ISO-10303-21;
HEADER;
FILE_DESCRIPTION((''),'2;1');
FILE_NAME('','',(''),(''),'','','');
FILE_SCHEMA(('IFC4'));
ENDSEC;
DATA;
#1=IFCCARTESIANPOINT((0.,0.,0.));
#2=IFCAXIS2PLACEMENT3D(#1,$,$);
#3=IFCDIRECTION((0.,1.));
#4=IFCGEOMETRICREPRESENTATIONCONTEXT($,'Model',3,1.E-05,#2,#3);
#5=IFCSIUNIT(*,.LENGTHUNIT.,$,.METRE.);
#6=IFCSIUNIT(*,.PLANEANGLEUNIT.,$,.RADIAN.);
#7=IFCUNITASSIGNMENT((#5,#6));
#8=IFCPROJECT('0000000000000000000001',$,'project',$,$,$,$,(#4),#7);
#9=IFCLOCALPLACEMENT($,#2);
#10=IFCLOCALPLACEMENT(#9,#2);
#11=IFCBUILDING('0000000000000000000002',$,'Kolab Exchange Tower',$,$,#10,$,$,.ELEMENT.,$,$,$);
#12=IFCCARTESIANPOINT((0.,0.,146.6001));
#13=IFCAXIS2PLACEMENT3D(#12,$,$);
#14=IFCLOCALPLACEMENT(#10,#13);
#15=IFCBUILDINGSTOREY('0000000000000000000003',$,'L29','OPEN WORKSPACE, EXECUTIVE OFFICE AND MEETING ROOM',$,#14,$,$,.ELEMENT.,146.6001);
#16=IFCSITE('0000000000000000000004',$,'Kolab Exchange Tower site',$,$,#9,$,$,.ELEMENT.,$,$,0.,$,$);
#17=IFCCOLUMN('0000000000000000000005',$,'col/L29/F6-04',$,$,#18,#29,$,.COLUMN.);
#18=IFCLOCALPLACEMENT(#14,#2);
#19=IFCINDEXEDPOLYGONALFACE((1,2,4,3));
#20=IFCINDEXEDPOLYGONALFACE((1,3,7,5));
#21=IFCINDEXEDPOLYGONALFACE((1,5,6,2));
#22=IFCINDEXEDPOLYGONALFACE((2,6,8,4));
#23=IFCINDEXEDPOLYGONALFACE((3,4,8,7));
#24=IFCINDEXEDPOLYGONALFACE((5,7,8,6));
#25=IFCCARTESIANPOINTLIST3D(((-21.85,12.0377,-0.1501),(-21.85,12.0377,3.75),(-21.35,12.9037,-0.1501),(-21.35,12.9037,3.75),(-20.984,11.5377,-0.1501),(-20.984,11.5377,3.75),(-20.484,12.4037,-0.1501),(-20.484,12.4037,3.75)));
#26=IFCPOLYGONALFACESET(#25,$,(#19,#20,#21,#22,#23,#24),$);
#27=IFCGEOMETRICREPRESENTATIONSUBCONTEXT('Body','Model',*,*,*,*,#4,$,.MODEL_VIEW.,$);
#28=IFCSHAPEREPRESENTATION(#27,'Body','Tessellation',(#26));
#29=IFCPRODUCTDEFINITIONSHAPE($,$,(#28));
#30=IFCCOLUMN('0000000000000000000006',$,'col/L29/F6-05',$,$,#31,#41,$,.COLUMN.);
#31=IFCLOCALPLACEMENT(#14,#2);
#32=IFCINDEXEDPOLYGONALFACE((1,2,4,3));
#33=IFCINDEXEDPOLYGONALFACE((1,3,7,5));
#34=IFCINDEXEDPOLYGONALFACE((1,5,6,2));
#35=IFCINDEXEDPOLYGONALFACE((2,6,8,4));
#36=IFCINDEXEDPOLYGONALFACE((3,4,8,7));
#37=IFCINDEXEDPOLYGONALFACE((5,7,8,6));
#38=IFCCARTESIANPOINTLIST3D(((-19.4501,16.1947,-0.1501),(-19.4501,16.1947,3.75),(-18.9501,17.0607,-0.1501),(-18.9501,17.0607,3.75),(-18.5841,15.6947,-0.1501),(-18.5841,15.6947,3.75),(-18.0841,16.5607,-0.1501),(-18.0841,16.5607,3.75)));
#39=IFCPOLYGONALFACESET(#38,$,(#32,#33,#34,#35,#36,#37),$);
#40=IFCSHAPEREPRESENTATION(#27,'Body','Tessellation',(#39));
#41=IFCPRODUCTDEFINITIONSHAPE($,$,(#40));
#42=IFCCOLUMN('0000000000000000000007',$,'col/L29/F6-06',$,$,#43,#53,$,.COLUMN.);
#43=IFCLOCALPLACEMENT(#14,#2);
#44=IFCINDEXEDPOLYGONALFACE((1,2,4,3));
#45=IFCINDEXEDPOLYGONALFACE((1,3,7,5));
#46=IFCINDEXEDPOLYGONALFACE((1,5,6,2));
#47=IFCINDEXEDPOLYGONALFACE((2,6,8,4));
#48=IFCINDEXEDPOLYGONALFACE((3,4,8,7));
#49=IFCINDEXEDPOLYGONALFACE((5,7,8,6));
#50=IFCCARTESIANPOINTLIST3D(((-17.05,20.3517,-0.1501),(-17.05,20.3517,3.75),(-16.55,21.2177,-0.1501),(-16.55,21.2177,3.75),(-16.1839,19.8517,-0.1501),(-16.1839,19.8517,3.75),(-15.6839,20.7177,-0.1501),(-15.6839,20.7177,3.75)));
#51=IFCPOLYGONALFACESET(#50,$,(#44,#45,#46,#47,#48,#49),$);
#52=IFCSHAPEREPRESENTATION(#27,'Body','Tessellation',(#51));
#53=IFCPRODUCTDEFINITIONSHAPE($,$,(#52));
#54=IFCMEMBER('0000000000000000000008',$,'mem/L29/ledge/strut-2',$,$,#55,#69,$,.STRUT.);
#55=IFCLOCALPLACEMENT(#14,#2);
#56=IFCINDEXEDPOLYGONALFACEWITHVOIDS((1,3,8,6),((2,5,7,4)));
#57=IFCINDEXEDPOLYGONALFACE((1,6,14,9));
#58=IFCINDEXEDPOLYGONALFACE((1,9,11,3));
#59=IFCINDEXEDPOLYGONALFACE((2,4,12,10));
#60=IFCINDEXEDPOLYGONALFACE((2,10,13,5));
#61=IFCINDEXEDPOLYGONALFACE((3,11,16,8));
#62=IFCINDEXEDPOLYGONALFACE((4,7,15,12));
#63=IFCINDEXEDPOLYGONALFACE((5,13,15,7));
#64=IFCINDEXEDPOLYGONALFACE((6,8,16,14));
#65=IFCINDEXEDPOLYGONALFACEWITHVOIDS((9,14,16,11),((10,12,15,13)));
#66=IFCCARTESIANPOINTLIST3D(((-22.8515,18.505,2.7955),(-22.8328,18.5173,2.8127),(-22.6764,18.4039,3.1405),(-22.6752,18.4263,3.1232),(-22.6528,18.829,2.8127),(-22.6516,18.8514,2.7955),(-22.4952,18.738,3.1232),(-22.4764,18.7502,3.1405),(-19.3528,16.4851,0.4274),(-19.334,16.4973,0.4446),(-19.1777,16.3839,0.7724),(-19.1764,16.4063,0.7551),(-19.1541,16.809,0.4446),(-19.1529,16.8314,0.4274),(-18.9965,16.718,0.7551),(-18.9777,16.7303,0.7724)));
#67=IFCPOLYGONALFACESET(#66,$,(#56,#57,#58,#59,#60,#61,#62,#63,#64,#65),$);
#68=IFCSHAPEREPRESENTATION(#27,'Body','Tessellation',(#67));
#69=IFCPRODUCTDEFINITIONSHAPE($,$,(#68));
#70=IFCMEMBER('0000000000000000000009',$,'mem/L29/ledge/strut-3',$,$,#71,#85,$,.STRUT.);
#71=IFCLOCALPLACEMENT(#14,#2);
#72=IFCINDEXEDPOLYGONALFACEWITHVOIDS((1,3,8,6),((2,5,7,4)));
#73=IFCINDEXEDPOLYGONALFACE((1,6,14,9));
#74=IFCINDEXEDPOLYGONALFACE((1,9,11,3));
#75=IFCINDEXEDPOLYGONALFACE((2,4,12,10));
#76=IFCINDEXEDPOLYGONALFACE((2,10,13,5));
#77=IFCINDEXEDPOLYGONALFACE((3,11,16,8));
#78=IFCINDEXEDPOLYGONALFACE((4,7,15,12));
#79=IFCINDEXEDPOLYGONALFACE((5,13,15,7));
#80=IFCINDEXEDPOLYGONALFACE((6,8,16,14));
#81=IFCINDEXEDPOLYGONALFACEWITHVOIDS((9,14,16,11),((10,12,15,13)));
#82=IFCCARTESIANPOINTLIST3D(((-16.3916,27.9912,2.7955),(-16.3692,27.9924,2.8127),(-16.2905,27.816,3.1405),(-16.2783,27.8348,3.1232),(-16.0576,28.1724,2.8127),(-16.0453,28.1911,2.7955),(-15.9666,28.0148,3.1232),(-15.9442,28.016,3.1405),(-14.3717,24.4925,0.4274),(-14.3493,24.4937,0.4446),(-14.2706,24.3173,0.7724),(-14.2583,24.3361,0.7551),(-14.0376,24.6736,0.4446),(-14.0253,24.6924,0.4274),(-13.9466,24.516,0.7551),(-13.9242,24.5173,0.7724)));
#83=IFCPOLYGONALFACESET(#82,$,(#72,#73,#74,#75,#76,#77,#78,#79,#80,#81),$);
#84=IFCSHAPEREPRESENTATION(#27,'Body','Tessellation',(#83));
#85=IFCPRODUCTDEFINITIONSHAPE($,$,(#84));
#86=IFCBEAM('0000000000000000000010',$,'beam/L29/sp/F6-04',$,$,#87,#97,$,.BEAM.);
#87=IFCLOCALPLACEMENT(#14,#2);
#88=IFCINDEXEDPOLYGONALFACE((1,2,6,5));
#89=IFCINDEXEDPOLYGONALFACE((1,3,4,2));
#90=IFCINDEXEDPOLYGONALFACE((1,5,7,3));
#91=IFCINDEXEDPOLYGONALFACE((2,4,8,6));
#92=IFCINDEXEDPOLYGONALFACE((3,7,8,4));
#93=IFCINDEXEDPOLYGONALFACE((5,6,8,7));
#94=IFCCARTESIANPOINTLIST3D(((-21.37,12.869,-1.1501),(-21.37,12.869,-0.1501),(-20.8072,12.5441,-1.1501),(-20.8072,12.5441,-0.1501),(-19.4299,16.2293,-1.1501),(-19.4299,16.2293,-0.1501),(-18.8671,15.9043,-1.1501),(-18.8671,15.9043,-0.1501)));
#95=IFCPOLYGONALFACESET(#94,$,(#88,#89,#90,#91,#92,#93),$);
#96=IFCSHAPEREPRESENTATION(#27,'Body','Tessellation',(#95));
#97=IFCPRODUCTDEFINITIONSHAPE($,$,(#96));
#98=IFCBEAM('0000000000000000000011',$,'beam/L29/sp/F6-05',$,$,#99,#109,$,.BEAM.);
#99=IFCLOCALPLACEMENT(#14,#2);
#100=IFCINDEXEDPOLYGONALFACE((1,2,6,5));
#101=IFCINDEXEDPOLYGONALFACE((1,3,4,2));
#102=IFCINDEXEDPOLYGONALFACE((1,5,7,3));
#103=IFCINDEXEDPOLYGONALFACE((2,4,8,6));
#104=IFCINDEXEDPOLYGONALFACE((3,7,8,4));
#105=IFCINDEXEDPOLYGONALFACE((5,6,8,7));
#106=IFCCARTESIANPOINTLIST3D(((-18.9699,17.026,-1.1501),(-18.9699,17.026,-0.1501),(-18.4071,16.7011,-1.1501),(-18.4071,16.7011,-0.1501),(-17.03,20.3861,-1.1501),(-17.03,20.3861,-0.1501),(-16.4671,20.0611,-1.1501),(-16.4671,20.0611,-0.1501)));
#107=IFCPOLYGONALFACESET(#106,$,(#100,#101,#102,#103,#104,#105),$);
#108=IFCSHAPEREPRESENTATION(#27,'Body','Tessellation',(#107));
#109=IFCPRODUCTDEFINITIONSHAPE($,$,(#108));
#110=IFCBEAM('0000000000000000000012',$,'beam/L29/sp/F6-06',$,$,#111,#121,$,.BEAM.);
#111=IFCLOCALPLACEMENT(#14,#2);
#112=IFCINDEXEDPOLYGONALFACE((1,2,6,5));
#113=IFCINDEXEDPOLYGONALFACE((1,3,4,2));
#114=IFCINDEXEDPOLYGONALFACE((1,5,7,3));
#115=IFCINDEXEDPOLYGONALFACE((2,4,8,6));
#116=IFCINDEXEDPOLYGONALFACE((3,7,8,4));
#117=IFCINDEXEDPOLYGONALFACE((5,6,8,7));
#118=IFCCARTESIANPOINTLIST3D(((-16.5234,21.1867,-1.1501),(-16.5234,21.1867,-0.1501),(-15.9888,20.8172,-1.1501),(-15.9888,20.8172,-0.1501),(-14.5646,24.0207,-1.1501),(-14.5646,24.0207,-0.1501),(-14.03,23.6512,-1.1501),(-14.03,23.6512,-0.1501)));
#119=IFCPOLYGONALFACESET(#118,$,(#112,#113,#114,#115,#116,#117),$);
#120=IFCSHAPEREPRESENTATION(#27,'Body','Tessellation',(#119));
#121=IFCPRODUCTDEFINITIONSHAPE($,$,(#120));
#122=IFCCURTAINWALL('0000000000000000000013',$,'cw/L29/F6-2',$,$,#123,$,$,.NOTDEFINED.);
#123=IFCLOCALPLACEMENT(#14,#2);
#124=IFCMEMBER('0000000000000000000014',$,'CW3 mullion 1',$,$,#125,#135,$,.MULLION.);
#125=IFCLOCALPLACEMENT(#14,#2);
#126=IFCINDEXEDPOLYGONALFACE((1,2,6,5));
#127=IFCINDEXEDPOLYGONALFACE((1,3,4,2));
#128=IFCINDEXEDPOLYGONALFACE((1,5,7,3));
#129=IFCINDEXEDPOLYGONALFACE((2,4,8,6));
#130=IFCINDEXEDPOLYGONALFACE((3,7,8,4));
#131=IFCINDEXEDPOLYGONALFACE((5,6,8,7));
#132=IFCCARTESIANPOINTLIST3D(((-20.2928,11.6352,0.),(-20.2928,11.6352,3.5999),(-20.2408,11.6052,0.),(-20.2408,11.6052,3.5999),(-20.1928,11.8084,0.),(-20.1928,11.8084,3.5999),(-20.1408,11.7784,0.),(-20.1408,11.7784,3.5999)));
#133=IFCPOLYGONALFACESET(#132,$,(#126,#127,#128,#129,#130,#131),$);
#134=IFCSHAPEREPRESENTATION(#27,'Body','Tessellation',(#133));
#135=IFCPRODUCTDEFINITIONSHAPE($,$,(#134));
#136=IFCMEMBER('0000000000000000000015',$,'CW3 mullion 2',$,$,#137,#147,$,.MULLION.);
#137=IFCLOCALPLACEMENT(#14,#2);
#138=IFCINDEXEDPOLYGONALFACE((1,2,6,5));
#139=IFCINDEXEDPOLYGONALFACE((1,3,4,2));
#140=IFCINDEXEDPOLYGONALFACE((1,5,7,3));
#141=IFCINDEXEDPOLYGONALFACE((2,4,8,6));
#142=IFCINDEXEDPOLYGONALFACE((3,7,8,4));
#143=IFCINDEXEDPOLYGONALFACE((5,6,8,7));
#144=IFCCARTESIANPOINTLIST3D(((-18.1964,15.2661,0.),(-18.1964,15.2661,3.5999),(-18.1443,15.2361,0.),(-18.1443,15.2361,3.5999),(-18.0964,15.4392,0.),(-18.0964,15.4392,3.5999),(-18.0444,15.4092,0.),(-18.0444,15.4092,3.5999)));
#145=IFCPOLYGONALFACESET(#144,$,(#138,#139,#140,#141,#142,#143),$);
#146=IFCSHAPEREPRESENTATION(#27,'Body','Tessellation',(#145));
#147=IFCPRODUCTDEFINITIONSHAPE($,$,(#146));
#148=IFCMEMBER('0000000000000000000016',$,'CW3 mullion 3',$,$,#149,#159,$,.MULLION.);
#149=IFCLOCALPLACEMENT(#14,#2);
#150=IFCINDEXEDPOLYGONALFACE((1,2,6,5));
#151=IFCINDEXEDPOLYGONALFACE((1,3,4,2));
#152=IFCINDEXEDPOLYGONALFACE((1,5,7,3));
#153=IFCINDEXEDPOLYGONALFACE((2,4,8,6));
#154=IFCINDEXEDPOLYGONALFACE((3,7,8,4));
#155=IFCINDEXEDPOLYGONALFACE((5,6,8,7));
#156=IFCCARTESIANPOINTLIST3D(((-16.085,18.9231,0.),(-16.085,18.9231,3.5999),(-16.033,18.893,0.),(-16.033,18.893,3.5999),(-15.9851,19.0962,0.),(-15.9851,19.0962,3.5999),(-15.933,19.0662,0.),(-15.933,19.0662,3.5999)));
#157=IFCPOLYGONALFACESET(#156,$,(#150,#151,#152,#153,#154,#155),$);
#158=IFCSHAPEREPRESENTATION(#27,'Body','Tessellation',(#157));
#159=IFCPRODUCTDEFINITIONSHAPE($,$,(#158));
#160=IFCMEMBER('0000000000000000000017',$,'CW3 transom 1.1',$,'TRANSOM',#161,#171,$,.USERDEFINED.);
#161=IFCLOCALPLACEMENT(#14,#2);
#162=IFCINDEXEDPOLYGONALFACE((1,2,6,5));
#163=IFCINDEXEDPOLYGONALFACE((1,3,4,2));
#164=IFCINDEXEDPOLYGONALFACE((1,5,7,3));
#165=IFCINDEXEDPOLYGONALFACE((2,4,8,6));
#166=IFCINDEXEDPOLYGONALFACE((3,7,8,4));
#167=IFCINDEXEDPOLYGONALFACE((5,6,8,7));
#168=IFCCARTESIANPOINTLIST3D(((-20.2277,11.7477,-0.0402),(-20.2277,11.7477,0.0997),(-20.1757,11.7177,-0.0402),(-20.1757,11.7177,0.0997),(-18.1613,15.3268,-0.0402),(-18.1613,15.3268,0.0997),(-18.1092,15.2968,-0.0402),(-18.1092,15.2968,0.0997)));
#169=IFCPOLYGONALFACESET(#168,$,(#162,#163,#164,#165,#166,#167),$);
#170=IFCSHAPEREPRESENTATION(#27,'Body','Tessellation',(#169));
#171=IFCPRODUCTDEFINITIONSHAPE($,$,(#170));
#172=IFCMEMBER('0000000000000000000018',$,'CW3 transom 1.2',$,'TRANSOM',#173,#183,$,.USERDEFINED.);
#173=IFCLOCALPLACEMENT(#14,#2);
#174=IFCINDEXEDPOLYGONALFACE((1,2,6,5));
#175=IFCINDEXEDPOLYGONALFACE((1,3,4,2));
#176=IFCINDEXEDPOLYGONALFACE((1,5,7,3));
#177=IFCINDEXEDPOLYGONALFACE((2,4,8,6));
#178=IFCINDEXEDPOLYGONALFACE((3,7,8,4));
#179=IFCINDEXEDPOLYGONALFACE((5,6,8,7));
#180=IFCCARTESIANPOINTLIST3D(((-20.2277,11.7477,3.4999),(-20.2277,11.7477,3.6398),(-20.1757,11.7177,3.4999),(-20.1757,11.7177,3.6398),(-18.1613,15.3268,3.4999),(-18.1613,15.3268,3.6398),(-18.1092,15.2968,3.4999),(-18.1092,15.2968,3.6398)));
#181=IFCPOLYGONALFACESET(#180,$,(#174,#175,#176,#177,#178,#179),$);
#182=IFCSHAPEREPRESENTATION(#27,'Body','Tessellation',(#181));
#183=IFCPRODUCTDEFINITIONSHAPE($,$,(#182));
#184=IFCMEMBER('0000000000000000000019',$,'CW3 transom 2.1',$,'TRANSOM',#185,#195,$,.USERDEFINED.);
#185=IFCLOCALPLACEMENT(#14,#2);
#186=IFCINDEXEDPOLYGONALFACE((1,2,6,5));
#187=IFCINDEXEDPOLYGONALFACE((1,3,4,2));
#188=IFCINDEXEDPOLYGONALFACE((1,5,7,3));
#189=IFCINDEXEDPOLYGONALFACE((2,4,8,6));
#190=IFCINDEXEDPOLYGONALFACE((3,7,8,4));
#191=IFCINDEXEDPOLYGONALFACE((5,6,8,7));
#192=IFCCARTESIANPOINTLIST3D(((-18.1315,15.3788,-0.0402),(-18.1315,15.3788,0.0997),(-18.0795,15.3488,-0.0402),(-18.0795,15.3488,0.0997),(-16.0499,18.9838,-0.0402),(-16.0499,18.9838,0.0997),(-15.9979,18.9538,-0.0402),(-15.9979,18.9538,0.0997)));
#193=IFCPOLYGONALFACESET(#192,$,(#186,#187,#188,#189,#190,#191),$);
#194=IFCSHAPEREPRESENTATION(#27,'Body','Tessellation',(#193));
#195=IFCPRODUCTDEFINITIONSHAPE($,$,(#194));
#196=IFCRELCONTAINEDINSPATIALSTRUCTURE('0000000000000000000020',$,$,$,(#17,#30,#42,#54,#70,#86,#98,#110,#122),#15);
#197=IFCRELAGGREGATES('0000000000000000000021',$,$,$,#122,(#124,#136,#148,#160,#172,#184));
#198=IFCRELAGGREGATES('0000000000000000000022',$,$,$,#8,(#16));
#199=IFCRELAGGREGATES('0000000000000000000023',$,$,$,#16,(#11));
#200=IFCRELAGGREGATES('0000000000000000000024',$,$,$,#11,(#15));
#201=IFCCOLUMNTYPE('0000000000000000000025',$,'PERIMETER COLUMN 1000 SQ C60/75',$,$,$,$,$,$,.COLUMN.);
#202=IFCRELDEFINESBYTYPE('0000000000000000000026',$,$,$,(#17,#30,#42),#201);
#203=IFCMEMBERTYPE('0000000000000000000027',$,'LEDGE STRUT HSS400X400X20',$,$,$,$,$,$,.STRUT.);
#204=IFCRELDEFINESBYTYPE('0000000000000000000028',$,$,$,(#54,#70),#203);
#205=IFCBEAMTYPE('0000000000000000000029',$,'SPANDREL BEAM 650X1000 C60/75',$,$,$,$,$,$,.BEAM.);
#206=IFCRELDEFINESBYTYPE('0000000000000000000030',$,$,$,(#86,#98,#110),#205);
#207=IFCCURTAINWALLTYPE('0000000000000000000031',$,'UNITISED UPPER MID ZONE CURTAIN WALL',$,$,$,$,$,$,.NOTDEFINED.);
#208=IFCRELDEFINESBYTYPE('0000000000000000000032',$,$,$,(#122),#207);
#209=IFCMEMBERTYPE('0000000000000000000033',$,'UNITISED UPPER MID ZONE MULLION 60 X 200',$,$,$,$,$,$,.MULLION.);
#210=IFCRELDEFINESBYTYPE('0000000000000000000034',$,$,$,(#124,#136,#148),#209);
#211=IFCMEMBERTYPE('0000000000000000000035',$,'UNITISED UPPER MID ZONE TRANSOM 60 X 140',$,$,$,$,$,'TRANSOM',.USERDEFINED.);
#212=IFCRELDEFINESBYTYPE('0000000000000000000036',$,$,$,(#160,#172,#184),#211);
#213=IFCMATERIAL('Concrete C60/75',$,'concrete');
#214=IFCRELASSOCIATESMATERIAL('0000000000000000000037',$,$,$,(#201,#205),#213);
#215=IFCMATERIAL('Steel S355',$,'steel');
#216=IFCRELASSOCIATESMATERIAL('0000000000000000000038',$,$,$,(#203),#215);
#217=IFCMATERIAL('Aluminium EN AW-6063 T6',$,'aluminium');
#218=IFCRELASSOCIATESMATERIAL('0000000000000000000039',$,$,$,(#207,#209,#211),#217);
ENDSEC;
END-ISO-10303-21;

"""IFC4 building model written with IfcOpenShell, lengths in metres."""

from ifc_helpers import new_model, si_unit, direction, frame, origin, origin_2d, place, context, subcontext, project, spatial, rectangle, hollow_rectangle, extrude, material, material_profile, profile_set, type_object, element, aggregate, save


model = new_model("IFC4")

# Units and contexts
model_context = context("Model", 3, precision=1e-05, world=origin(), true_north=direction((0.0, 1.0)))
body_context = subcontext(model_context, "Body", "Model", "MODEL_VIEW")
ifc_project = project(units=[si_unit("LENGTHUNIT", "METRE"), si_unit("PLANEANGLEUNIT", "RADIAN")], contexts=[model_context])

# Site, building, storey
site_placement = place(None, origin())
site = spatial("IfcSite", under=ifc_project, at=site_placement, Name="Kolab Exchange Tower site", CompositionType="ELEMENT", RefElevation=0.0)
building_placement = place(site_placement, origin())
building = spatial("IfcBuilding", under=site, at=building_placement, Name="Kolab Exchange Tower", CompositionType="ELEMENT")
storey_placement = place(building_placement, frame((0.0, 0.0, 146.6001)))
storey = spatial("IfcBuildingStorey", under=building, at=storey_placement, Name="L29", Description="OPEN WORKSPACE, EXECUTIVE OFFICE AND MEETING ROOM", CompositionType="ELEMENT", Elevation=146.6001)

# Columns
ifc_material_1 = material(Name="Concrete C60/75", Category="concrete")
ifc_material_profile_1 = material_profile(ifc_material_1, rectangle(XDim=1.0, YDim=1.0, at=origin_2d()), Name="RC1000")
ifc_profile_set_1 = profile_set([ifc_material_profile_1], Name="Concrete C60/75")
column_type = type_object("IfcColumnType", Name="PERIMETER COLUMN 1000 SQ C60/75", PredefinedType="COLUMN", material=ifc_profile_set_1)
for number, where, z_axis, x_axis, name in (
    (1, (-21.167, 12.2207, -0.1501), (0.0, 0.0, 1.0), (0.5, 0.866025, 0.0), "col/L29/F6-04"),
    (2, (-18.7671, 16.3777, -0.1501), (0.0, 0.0, 1.0), (0.5, 0.866025, 0.0), "col/L29/F6-05"),
    (3, (-16.3669, 20.5347, -0.1501), (0.0, 0.0, 1.0), (0.5, 0.866025, 0.0), "col/L29/F6-06"),
):
    element("IfcColumn", number, at=place(storey_placement, frame(where, z_axis=z_axis, x_axis=x_axis)), inside=storey, type_object=column_type, Name=name, PredefinedType="COLUMN", context=body_context, shape_type="SweptSolid", body=[
        extrude(rectangle(XDim=1.0, YDim=1.0, at=origin_2d()), origin(), (0.0, 0.0, 1.0), 3.9001),
    ])

# Members
ifc_material_2 = material(Name="Steel S355", Category="steel")
ifc_material_profile_2 = material_profile(ifc_material_2, hollow_rectangle(XDim=0.3999, YDim=0.3999, WallThickness=0.02, at=origin_2d()), Name="HSS400X400X20")
ifc_profile_set_2 = profile_set([ifc_material_profile_2], Name="Steel S355")
member_type_1 = type_object("IfcMemberType", Name="LEDGE STRUT HSS400X400X20", PredefinedType="STRUT", material=ifc_profile_set_2)
for number, where, z_axis, x_axis, name in (
    (4, (-19.1653, 16.6077, 0.5999), (-0.747129, 0.431355, 0.505698), (-0.5, -0.866026, 0.0), "mem/L29/ledge/strut-2"),
    (5, (-14.1479, 24.5049, 0.5999), (-0.431355, 0.747129, 0.505698), (-0.866026, -0.5, 0.0), "mem/L29/ledge/strut-3"),
):
    element("IfcMember", number, at=place(storey_placement, frame(where, z_axis=z_axis, x_axis=x_axis)), inside=storey, type_object=member_type_1, Name=name, PredefinedType="STRUT", context=body_context, shape_type="SweptSolid", body=[
        extrude(hollow_rectangle(XDim=0.3999, YDim=0.3999, WallThickness=0.02, at=origin_2d()), origin(), (0.0, 0.0, 1.0), 4.6829),
    ])

# Beams
ifc_material_profile_3 = material_profile(ifc_material_1, rectangle(XDim=0.6499, YDim=1.0, at=origin_2d()), Name="RC650X1000")
ifc_profile_set_3 = profile_set([ifc_material_profile_3], Name="Concrete C60/75")
beam_type = type_object("IfcBeamType", Name="SPANDREL BEAM 650X1000 C60/75", PredefinedType="BEAM", material=ifc_profile_set_3)
beam_1_placement = place(storey_placement, frame((-21.0886, 12.7065, -0.6501), z_axis=(0.500017, 0.866016, 0.0), x_axis=(-0.866016, 0.500017, 0.0)))
element("IfcBeam", 6, at=beam_1_placement, inside=storey, type_object=beam_type, Name="beam/L29/sp/F6-04", PredefinedType="BEAM", context=body_context, shape_type="SweptSolid", body=[
    extrude(rectangle(XDim=0.6499, YDim=1.0, at=origin_2d()), origin(), (0.0, 0.0, 1.0), 3.8801),
])
beam_2_placement = place(storey_placement, frame((-18.6885, 16.8635, -0.6501), z_axis=(0.499997, 0.866027, 0.0), x_axis=(-0.866027, 0.499997, 0.0)))
element("IfcBeam", 7, at=beam_2_placement, inside=storey, type_object=beam_type, Name="beam/L29/sp/F6-05", PredefinedType="BEAM", context=body_context, shape_type="SweptSolid", body=[
    extrude(rectangle(XDim=0.6499, YDim=1.0, at=origin_2d()), origin(), (0.0, 0.0, 1.0), 3.8799),
])
beam_3_placement = place(storey_placement, frame((-16.2561, 21.002, -0.6501), z_axis=(0.568572, 0.822633, 0.0), x_axis=(-0.822633, 0.568572, 0.0)))
element("IfcBeam", 8, at=beam_3_placement, inside=storey, type_object=beam_type, Name="beam/L29/sp/F6-06", PredefinedType="BEAM", context=body_context, shape_type="SweptSolid", body=[
    extrude(rectangle(XDim=0.6499, YDim=1.0, at=origin_2d()), origin(), (0.0, 0.0, 1.0), 3.4451),
])

# Curtain wall, members
ifc_material_3 = material(Name="Aluminium EN AW-6063 T6", Category="aluminium")
curtain_wall_type = type_object("IfcCurtainWallType", Name="UNITISED UPPER MID ZONE CURTAIN WALL", PredefinedType="NOTDEFINED", material=ifc_material_3)
curtain_wall_placement = place(storey_placement, origin())
curtain_wall = element("IfcCurtainWall", 9, at=curtain_wall_placement, inside=storey, type_object=curtain_wall_type, Name="cw/L29/F6-2", PredefinedType="NOTDEFINED")
ifc_material_profile_4 = material_profile(ifc_material_3, rectangle(XDim=0.0601, YDim=0.2, at=origin_2d()), Name="RECT 60X200")
ifc_profile_set_4 = profile_set([ifc_material_profile_4], Name="Aluminium EN AW-6063 T6")
member_type_2 = type_object("IfcMemberType", Name="UNITISED UPPER MID ZONE MULLION 60 X 200", PredefinedType="MULLION", material=ifc_profile_set_4)
member_1_placement = place(storey_placement, frame((-20.2168, 11.7068, 0.0), z_axis=(0.0, 0.0, 1.0), x_axis=(-0.866025, 0.5, 0.0)))
member_1 = element("IfcMember", 10, at=member_1_placement, type_object=member_type_2, Name="CW3 mullion 1", PredefinedType="MULLION", context=body_context, shape_type="SweptSolid", body=[
    extrude(rectangle(XDim=0.0601, YDim=0.2, at=origin_2d()), origin(), (0.0, 0.0, 1.0), 3.5999),
])
member_2_placement = place(storey_placement, frame((-18.1204, 15.3376, 0.0), z_axis=(0.0, 0.0, 1.0), x_axis=(-0.866025, 0.5, 0.0)))
member_2 = element("IfcMember", 11, at=member_2_placement, type_object=member_type_2, Name="CW3 mullion 2", PredefinedType="MULLION", context=body_context, shape_type="SweptSolid", body=[
    extrude(rectangle(XDim=0.0601, YDim=0.2, at=origin_2d()), origin(), (0.0, 0.0, 1.0), 3.5999),
])
member_3_placement = place(storey_placement, frame((-16.009, 18.9946, 0.0), z_axis=(0.0, 0.0, 1.0), x_axis=(-0.866025, 0.5, 0.0)))
member_3 = element("IfcMember", 12, at=member_3_placement, type_object=member_type_2, Name="CW3 mullion 3", PredefinedType="MULLION", context=body_context, shape_type="SweptSolid", body=[
    extrude(rectangle(XDim=0.0601, YDim=0.2, at=origin_2d()), origin(), (0.0, 0.0, 1.0), 3.5999),
])
ifc_material_profile_5 = material_profile(ifc_material_3, rectangle(XDim=0.0601, YDim=0.1399, at=origin_2d()), Name="RECT 60X140")
ifc_profile_set_5 = profile_set([ifc_material_profile_5], Name="Aluminium EN AW-6063 T6")
member_type_3 = type_object("IfcMemberType", Name="UNITISED UPPER MID ZONE TRANSOM 60 X 140", ElementType="TRANSOM", PredefinedType="USERDEFINED", material=ifc_profile_set_5)
member_4_placement = place(storey_placement, frame((-20.2017, 11.7327, 0.0298), z_axis=(0.500002, 0.866024, 0.0), x_axis=(-0.866024, 0.500002, 0.0)))
member_4 = element("IfcMember", 13, at=member_4_placement, type_object=member_type_3, Name="CW3 transom 1.1", ObjectType="TRANSOM", PredefinedType="USERDEFINED", context=body_context, shape_type="SweptSolid", body=[
    extrude(rectangle(XDim=0.0601, YDim=0.1399, at=origin_2d()), origin(), (0.0, 0.0, 1.0), 4.1328),
])
member_5_placement = place(storey_placement, frame((-20.2017, 11.7327, 3.5698), z_axis=(0.500002, 0.866024, 0.0), x_axis=(-0.866024, 0.500002, 0.0)))
member_5 = element("IfcMember", 14, at=member_5_placement, type_object=member_type_3, Name="CW3 transom 1.2", ObjectType="TRANSOM", PredefinedType="USERDEFINED", context=body_context, shape_type="SweptSolid", body=[
    extrude(rectangle(XDim=0.0601, YDim=0.1399, at=origin_2d()), origin(), (0.0, 0.0, 1.0), 4.1328),
])
member_6_placement = place(storey_placement, frame((-18.1055, 15.3638, 0.0298), z_axis=(0.500037, 0.866004, 0.0), x_axis=(-0.866004, 0.500037, 0.0)))
member_6 = element("IfcMember", 15, at=member_6_placement, type_object=member_type_3, Name="CW3 transom 2.1", ObjectType="TRANSOM", PredefinedType="USERDEFINED", context=body_context, shape_type="SweptSolid", body=[
    extrude(rectangle(XDim=0.0601, YDim=0.1399, at=origin_2d()), origin(), (0.0, 0.0, 1.0), 4.1628),
])
aggregate(curtain_wall, [member_1, member_2, member_3, member_4, member_5, member_6])

save(model, "model.ifc")
